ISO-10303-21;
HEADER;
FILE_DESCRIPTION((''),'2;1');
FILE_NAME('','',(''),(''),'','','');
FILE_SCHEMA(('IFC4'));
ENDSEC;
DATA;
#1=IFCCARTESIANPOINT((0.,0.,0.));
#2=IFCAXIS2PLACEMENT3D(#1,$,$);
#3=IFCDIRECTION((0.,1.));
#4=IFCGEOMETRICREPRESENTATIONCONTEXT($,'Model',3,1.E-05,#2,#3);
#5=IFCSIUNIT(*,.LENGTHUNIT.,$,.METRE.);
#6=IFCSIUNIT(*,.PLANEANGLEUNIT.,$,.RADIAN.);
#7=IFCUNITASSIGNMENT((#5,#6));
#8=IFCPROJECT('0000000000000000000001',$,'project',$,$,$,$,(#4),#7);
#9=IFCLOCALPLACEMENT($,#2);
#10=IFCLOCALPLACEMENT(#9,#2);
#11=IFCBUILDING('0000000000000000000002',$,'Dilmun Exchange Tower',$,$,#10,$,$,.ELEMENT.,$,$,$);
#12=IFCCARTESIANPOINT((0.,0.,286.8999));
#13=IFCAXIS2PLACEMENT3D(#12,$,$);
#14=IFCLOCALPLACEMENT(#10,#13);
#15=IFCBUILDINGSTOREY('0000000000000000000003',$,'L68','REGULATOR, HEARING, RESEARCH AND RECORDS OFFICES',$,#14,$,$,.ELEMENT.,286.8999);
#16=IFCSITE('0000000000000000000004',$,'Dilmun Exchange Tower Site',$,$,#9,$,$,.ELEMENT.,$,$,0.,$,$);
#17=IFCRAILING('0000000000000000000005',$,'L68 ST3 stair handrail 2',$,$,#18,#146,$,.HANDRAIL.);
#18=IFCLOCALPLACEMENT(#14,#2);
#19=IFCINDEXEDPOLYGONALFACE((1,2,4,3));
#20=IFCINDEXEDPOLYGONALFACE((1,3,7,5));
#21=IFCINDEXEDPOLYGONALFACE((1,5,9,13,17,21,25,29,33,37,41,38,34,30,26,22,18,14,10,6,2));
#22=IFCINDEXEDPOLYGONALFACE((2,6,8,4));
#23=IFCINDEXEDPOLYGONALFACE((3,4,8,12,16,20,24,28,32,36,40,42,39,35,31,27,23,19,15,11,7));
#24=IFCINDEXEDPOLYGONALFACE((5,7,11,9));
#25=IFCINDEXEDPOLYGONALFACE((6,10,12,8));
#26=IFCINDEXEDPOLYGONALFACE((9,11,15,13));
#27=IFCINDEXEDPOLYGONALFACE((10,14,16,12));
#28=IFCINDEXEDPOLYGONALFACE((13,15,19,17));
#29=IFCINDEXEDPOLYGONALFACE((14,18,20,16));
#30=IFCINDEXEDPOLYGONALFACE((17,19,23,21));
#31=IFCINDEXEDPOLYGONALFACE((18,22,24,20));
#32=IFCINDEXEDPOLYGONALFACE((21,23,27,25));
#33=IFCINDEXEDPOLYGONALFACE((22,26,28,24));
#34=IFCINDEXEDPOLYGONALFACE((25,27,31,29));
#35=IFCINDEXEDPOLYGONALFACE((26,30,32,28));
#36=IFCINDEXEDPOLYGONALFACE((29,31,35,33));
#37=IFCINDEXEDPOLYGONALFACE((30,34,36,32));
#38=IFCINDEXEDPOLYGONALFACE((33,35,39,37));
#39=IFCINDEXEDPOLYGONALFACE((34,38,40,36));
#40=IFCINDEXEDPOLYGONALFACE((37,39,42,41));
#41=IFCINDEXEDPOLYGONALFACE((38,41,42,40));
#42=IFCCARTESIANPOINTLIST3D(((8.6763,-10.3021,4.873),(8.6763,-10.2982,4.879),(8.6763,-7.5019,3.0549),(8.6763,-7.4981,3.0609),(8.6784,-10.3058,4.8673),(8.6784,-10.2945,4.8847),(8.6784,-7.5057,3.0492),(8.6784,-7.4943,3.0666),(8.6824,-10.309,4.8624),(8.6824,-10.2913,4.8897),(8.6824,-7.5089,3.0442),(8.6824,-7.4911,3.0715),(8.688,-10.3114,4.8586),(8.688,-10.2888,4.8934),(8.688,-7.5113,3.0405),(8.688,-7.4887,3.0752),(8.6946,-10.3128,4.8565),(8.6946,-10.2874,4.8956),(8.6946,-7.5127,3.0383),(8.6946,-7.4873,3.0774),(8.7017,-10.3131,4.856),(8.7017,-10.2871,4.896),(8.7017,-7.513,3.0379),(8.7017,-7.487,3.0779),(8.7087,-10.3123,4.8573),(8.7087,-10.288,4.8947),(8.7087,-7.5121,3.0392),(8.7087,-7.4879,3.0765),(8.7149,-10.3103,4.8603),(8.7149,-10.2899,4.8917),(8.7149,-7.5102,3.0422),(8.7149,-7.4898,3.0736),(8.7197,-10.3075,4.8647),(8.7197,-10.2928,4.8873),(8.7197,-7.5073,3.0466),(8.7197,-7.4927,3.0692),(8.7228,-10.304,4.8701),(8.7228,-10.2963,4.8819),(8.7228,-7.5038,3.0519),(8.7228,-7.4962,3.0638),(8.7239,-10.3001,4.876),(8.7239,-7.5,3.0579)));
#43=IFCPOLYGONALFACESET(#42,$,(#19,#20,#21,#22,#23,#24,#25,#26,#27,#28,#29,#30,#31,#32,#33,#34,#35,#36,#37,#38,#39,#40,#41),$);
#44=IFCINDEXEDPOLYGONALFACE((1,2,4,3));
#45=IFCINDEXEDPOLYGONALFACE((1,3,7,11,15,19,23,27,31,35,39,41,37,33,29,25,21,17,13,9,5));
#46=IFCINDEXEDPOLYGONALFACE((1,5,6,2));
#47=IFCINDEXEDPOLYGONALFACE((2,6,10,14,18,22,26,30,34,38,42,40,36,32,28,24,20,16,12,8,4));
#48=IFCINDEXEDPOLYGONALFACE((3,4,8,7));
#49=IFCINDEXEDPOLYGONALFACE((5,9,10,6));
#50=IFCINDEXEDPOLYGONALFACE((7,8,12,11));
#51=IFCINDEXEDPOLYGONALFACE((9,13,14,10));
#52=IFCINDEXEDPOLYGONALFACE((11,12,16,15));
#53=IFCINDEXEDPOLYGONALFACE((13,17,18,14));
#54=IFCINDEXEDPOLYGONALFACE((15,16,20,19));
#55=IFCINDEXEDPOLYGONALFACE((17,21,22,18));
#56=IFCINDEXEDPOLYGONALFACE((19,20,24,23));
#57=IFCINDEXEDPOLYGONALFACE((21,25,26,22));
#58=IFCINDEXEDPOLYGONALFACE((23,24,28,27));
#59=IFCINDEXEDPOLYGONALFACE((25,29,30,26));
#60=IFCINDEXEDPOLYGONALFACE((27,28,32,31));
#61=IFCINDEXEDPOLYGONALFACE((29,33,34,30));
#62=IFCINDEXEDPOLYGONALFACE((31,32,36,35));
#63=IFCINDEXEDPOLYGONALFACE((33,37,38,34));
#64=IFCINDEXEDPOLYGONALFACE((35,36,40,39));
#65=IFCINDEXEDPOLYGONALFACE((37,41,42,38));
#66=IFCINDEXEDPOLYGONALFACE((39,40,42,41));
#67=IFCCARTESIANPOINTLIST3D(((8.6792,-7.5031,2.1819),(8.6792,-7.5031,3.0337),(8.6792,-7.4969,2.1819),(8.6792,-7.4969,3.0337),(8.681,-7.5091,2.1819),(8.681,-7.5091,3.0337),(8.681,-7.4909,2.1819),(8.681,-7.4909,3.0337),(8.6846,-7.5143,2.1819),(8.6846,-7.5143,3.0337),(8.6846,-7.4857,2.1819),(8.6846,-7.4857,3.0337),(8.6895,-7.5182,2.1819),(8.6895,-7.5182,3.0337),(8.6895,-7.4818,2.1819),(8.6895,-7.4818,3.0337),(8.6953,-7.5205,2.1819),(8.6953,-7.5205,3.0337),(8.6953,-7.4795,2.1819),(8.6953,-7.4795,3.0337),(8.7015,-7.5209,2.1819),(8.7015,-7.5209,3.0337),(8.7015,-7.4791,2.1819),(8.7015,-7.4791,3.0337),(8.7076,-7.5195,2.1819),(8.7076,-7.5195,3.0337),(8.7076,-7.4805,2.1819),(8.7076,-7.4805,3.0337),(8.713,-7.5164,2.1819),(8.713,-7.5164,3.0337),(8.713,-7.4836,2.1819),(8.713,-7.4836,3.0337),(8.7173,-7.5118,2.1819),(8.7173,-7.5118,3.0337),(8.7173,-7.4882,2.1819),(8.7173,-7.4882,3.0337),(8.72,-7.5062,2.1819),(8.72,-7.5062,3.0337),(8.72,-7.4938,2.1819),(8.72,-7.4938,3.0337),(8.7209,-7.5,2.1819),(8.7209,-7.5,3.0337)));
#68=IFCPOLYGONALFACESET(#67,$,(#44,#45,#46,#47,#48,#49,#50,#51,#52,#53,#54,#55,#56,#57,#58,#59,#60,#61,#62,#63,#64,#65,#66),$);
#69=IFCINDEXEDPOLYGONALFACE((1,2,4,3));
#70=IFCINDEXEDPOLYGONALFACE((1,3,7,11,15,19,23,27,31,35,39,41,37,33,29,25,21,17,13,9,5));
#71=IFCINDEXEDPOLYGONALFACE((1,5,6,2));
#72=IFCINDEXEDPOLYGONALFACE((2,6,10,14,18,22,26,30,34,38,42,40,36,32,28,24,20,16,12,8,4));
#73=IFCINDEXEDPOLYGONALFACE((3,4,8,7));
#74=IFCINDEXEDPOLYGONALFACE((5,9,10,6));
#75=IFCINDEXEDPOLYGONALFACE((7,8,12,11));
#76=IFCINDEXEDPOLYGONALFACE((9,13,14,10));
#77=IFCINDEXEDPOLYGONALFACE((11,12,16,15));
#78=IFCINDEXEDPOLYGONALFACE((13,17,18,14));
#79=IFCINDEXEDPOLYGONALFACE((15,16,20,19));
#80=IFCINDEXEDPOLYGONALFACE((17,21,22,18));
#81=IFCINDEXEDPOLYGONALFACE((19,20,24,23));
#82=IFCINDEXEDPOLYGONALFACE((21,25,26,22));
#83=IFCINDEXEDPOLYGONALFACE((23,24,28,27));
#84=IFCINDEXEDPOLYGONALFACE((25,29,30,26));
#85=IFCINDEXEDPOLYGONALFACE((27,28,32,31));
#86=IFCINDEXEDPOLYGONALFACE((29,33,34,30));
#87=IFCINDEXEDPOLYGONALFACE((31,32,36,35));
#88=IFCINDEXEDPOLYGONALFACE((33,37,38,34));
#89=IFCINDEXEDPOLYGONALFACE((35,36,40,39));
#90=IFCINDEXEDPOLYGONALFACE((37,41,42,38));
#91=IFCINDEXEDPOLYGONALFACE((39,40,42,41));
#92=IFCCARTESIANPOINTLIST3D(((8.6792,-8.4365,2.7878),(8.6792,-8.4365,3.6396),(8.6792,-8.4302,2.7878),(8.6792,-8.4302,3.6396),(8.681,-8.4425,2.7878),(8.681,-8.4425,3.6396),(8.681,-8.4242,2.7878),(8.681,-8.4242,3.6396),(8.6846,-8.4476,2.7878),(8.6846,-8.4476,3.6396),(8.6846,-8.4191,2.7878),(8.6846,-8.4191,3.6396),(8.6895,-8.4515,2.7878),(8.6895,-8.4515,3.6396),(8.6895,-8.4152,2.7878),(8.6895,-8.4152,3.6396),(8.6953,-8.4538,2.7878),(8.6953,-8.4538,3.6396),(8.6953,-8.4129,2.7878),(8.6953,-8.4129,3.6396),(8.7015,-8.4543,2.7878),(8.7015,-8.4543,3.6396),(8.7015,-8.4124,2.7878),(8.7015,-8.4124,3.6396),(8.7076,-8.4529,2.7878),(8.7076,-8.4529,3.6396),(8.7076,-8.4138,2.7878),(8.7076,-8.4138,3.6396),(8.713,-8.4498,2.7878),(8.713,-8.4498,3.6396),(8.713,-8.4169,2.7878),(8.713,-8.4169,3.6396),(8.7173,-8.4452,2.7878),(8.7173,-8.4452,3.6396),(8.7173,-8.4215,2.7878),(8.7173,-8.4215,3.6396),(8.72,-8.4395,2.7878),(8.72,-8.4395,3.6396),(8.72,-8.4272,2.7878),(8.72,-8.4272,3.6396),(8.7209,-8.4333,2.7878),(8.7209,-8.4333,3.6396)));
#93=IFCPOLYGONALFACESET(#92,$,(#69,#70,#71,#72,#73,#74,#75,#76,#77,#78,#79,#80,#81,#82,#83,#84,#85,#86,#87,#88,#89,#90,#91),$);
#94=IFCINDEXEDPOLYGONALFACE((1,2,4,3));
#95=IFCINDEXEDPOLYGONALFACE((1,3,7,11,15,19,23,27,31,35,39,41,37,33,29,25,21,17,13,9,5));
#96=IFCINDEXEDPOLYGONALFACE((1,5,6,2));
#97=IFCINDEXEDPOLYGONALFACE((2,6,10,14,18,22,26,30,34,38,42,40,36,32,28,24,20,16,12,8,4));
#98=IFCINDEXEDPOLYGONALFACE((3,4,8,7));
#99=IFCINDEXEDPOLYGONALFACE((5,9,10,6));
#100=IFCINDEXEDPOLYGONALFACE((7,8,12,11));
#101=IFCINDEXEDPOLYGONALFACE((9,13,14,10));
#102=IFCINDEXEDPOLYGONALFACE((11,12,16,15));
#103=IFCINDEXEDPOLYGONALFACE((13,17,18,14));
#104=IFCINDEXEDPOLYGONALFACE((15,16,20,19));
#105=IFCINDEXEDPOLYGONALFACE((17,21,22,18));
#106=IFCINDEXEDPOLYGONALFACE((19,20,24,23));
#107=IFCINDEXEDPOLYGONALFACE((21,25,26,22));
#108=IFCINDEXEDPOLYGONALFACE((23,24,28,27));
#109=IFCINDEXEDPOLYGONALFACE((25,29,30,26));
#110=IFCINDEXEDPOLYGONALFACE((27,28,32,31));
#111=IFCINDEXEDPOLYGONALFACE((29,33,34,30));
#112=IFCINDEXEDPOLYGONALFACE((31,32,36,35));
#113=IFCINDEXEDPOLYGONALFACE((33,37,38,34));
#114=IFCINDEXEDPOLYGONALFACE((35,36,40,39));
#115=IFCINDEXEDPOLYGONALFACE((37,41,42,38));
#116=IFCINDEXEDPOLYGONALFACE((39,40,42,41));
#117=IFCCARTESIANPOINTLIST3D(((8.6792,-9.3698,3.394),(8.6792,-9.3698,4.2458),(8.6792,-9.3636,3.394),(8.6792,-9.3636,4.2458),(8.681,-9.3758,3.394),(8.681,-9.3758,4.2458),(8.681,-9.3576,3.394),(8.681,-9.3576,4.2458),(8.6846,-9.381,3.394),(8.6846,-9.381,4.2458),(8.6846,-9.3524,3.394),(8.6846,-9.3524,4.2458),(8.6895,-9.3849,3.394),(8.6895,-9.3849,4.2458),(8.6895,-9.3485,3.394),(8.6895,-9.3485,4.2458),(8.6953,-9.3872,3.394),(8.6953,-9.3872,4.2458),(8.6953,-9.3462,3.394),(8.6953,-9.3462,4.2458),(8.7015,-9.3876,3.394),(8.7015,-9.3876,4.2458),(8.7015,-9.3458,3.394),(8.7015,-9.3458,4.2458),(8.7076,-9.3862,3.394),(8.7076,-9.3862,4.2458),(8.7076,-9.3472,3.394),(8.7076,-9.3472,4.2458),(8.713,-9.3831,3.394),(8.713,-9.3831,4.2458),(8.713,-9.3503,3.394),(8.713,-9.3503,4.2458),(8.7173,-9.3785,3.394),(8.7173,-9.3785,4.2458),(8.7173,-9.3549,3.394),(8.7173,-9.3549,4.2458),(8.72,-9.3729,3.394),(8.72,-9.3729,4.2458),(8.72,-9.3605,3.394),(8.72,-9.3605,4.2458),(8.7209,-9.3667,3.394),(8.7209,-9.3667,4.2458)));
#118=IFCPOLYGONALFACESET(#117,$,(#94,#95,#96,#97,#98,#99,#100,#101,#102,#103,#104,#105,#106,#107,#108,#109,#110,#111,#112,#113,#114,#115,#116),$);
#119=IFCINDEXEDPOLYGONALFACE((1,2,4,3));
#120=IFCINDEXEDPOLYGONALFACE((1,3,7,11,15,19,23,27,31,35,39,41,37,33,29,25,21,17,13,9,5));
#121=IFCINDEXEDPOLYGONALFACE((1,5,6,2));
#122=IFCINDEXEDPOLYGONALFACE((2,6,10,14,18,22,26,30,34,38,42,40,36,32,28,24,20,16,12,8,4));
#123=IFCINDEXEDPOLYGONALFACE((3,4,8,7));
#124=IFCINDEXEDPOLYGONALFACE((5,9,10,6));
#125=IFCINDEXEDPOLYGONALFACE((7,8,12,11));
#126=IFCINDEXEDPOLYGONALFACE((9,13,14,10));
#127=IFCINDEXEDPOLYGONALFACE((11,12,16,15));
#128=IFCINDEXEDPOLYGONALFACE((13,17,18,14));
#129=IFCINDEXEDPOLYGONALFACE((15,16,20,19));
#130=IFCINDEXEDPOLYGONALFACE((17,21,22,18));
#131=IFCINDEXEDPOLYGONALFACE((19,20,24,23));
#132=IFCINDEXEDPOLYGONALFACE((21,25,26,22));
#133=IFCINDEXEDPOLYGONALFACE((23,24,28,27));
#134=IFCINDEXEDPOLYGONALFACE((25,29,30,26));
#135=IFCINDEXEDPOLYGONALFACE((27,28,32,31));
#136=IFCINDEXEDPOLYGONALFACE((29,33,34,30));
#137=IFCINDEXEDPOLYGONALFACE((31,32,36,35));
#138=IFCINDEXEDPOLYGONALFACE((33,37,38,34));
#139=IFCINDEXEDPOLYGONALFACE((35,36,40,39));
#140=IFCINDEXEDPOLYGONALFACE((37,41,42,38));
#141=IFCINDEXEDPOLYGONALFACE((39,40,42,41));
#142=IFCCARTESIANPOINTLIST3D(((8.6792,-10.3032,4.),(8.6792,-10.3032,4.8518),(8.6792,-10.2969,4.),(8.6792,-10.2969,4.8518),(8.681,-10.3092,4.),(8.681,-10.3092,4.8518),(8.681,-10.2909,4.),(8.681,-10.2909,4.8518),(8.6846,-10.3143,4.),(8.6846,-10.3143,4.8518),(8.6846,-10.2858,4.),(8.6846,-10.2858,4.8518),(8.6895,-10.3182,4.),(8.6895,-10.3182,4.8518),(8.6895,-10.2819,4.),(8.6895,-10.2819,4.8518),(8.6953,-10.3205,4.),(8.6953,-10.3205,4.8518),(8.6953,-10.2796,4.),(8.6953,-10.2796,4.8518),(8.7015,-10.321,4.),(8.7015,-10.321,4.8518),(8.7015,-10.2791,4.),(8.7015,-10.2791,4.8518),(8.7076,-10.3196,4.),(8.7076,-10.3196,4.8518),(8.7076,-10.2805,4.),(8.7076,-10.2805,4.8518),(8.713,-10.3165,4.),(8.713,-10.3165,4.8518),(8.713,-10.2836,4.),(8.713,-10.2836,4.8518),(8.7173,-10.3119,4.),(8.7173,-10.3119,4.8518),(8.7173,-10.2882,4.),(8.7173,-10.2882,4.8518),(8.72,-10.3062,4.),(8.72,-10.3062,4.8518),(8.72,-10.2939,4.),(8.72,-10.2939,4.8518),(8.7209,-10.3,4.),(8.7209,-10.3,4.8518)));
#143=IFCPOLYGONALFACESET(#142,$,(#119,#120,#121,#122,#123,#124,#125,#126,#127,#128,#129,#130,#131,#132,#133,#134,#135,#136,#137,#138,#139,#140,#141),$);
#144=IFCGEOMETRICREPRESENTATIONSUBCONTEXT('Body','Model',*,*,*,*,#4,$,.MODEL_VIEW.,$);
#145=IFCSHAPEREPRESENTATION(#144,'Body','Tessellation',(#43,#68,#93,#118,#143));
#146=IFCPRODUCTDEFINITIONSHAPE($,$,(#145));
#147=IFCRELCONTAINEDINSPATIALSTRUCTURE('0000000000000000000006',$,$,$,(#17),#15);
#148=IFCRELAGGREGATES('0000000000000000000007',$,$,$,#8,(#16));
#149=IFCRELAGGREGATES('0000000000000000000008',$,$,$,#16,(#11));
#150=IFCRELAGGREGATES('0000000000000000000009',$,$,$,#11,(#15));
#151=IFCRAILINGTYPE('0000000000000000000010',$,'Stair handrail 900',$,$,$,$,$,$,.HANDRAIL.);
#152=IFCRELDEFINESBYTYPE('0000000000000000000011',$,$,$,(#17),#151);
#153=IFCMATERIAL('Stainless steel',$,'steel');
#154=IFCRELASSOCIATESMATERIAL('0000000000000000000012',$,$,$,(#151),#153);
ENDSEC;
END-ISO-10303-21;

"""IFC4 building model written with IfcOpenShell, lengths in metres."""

from ifc_helpers import new_model, si_unit, direction, frame, origin, origin_2d, place, context, subcontext, project, spatial, circle, extrude, material, type_object, element, save


model = new_model("IFC4")

# Units and contexts
model_context = context("Model", 3, precision=1e-05, world=origin(), true_north=direction((0.0, 1.0)))
body_context = subcontext(model_context, "Body", "Model", "MODEL_VIEW")
ifc_project = project(units=[si_unit("LENGTHUNIT", "METRE"), si_unit("PLANEANGLEUNIT", "RADIAN")], contexts=[model_context])

# Site, building, storey
site_placement = place(None, origin())
site = spatial("IfcSite", under=ifc_project, at=site_placement, Name="Dilmun Exchange Tower Site", CompositionType="ELEMENT", RefElevation=0.0)
building_placement = place(site_placement, origin())
building = spatial("IfcBuilding", under=site, at=building_placement, Name="Dilmun Exchange Tower", CompositionType="ELEMENT")
storey_placement = place(building_placement, frame((0.0, 0.0, 286.8999)))
storey = spatial("IfcBuildingStorey", under=building, at=storey_placement, Name="L68", Description="REGULATOR, HEARING, RESEARCH AND RECORDS OFFICES", CompositionType="ELEMENT", Elevation=286.8999)

# Railing
ifc_material_1 = material(Name="Stainless steel", Category="steel")
railing_type = type_object("IfcRailingType", Name="Stair handrail 900", PredefinedType="HANDRAIL", material=ifc_material_1)
railing_1_placement = place(storey_placement, frame((8.7, -7.5, 2.1819)))
element("IfcRailing", 1, at=railing_1_placement, inside=storey, type_object=railing_type, Name="L68 ST3 stair handrail 2", PredefinedType="HANDRAIL", context=body_context, shape_type="SweptSolid", body=[
    extrude(circle(Radius=0.0239, at=origin_2d()), frame((0.0, 0.0, 0.876), z_axis=(0.0, -0.838706, 0.544585), x_axis=(1.0, 0.0, 0.0)), (0.0, 0.0, 1.0), 3.3386),
    extrude(circle(Radius=0.021, at=origin_2d()), origin(), (0.0, 0.0, 1.0), 0.8518),
    extrude(circle(Radius=0.021, at=origin_2d()), frame((0.0, -0.9333, 0.606)), (0.0, 0.0, 1.0), 0.8518),
    extrude(circle(Radius=0.021, at=origin_2d()), frame((0.0, -1.8667, 1.2122)), (0.0, 0.0, 1.0), 0.8518),
    extrude(circle(Radius=0.021, at=origin_2d()), frame((0.0, -2.8, 1.8181)), (0.0, 0.0, 1.0), 0.8518),
])

save(model, "model.ifc")
